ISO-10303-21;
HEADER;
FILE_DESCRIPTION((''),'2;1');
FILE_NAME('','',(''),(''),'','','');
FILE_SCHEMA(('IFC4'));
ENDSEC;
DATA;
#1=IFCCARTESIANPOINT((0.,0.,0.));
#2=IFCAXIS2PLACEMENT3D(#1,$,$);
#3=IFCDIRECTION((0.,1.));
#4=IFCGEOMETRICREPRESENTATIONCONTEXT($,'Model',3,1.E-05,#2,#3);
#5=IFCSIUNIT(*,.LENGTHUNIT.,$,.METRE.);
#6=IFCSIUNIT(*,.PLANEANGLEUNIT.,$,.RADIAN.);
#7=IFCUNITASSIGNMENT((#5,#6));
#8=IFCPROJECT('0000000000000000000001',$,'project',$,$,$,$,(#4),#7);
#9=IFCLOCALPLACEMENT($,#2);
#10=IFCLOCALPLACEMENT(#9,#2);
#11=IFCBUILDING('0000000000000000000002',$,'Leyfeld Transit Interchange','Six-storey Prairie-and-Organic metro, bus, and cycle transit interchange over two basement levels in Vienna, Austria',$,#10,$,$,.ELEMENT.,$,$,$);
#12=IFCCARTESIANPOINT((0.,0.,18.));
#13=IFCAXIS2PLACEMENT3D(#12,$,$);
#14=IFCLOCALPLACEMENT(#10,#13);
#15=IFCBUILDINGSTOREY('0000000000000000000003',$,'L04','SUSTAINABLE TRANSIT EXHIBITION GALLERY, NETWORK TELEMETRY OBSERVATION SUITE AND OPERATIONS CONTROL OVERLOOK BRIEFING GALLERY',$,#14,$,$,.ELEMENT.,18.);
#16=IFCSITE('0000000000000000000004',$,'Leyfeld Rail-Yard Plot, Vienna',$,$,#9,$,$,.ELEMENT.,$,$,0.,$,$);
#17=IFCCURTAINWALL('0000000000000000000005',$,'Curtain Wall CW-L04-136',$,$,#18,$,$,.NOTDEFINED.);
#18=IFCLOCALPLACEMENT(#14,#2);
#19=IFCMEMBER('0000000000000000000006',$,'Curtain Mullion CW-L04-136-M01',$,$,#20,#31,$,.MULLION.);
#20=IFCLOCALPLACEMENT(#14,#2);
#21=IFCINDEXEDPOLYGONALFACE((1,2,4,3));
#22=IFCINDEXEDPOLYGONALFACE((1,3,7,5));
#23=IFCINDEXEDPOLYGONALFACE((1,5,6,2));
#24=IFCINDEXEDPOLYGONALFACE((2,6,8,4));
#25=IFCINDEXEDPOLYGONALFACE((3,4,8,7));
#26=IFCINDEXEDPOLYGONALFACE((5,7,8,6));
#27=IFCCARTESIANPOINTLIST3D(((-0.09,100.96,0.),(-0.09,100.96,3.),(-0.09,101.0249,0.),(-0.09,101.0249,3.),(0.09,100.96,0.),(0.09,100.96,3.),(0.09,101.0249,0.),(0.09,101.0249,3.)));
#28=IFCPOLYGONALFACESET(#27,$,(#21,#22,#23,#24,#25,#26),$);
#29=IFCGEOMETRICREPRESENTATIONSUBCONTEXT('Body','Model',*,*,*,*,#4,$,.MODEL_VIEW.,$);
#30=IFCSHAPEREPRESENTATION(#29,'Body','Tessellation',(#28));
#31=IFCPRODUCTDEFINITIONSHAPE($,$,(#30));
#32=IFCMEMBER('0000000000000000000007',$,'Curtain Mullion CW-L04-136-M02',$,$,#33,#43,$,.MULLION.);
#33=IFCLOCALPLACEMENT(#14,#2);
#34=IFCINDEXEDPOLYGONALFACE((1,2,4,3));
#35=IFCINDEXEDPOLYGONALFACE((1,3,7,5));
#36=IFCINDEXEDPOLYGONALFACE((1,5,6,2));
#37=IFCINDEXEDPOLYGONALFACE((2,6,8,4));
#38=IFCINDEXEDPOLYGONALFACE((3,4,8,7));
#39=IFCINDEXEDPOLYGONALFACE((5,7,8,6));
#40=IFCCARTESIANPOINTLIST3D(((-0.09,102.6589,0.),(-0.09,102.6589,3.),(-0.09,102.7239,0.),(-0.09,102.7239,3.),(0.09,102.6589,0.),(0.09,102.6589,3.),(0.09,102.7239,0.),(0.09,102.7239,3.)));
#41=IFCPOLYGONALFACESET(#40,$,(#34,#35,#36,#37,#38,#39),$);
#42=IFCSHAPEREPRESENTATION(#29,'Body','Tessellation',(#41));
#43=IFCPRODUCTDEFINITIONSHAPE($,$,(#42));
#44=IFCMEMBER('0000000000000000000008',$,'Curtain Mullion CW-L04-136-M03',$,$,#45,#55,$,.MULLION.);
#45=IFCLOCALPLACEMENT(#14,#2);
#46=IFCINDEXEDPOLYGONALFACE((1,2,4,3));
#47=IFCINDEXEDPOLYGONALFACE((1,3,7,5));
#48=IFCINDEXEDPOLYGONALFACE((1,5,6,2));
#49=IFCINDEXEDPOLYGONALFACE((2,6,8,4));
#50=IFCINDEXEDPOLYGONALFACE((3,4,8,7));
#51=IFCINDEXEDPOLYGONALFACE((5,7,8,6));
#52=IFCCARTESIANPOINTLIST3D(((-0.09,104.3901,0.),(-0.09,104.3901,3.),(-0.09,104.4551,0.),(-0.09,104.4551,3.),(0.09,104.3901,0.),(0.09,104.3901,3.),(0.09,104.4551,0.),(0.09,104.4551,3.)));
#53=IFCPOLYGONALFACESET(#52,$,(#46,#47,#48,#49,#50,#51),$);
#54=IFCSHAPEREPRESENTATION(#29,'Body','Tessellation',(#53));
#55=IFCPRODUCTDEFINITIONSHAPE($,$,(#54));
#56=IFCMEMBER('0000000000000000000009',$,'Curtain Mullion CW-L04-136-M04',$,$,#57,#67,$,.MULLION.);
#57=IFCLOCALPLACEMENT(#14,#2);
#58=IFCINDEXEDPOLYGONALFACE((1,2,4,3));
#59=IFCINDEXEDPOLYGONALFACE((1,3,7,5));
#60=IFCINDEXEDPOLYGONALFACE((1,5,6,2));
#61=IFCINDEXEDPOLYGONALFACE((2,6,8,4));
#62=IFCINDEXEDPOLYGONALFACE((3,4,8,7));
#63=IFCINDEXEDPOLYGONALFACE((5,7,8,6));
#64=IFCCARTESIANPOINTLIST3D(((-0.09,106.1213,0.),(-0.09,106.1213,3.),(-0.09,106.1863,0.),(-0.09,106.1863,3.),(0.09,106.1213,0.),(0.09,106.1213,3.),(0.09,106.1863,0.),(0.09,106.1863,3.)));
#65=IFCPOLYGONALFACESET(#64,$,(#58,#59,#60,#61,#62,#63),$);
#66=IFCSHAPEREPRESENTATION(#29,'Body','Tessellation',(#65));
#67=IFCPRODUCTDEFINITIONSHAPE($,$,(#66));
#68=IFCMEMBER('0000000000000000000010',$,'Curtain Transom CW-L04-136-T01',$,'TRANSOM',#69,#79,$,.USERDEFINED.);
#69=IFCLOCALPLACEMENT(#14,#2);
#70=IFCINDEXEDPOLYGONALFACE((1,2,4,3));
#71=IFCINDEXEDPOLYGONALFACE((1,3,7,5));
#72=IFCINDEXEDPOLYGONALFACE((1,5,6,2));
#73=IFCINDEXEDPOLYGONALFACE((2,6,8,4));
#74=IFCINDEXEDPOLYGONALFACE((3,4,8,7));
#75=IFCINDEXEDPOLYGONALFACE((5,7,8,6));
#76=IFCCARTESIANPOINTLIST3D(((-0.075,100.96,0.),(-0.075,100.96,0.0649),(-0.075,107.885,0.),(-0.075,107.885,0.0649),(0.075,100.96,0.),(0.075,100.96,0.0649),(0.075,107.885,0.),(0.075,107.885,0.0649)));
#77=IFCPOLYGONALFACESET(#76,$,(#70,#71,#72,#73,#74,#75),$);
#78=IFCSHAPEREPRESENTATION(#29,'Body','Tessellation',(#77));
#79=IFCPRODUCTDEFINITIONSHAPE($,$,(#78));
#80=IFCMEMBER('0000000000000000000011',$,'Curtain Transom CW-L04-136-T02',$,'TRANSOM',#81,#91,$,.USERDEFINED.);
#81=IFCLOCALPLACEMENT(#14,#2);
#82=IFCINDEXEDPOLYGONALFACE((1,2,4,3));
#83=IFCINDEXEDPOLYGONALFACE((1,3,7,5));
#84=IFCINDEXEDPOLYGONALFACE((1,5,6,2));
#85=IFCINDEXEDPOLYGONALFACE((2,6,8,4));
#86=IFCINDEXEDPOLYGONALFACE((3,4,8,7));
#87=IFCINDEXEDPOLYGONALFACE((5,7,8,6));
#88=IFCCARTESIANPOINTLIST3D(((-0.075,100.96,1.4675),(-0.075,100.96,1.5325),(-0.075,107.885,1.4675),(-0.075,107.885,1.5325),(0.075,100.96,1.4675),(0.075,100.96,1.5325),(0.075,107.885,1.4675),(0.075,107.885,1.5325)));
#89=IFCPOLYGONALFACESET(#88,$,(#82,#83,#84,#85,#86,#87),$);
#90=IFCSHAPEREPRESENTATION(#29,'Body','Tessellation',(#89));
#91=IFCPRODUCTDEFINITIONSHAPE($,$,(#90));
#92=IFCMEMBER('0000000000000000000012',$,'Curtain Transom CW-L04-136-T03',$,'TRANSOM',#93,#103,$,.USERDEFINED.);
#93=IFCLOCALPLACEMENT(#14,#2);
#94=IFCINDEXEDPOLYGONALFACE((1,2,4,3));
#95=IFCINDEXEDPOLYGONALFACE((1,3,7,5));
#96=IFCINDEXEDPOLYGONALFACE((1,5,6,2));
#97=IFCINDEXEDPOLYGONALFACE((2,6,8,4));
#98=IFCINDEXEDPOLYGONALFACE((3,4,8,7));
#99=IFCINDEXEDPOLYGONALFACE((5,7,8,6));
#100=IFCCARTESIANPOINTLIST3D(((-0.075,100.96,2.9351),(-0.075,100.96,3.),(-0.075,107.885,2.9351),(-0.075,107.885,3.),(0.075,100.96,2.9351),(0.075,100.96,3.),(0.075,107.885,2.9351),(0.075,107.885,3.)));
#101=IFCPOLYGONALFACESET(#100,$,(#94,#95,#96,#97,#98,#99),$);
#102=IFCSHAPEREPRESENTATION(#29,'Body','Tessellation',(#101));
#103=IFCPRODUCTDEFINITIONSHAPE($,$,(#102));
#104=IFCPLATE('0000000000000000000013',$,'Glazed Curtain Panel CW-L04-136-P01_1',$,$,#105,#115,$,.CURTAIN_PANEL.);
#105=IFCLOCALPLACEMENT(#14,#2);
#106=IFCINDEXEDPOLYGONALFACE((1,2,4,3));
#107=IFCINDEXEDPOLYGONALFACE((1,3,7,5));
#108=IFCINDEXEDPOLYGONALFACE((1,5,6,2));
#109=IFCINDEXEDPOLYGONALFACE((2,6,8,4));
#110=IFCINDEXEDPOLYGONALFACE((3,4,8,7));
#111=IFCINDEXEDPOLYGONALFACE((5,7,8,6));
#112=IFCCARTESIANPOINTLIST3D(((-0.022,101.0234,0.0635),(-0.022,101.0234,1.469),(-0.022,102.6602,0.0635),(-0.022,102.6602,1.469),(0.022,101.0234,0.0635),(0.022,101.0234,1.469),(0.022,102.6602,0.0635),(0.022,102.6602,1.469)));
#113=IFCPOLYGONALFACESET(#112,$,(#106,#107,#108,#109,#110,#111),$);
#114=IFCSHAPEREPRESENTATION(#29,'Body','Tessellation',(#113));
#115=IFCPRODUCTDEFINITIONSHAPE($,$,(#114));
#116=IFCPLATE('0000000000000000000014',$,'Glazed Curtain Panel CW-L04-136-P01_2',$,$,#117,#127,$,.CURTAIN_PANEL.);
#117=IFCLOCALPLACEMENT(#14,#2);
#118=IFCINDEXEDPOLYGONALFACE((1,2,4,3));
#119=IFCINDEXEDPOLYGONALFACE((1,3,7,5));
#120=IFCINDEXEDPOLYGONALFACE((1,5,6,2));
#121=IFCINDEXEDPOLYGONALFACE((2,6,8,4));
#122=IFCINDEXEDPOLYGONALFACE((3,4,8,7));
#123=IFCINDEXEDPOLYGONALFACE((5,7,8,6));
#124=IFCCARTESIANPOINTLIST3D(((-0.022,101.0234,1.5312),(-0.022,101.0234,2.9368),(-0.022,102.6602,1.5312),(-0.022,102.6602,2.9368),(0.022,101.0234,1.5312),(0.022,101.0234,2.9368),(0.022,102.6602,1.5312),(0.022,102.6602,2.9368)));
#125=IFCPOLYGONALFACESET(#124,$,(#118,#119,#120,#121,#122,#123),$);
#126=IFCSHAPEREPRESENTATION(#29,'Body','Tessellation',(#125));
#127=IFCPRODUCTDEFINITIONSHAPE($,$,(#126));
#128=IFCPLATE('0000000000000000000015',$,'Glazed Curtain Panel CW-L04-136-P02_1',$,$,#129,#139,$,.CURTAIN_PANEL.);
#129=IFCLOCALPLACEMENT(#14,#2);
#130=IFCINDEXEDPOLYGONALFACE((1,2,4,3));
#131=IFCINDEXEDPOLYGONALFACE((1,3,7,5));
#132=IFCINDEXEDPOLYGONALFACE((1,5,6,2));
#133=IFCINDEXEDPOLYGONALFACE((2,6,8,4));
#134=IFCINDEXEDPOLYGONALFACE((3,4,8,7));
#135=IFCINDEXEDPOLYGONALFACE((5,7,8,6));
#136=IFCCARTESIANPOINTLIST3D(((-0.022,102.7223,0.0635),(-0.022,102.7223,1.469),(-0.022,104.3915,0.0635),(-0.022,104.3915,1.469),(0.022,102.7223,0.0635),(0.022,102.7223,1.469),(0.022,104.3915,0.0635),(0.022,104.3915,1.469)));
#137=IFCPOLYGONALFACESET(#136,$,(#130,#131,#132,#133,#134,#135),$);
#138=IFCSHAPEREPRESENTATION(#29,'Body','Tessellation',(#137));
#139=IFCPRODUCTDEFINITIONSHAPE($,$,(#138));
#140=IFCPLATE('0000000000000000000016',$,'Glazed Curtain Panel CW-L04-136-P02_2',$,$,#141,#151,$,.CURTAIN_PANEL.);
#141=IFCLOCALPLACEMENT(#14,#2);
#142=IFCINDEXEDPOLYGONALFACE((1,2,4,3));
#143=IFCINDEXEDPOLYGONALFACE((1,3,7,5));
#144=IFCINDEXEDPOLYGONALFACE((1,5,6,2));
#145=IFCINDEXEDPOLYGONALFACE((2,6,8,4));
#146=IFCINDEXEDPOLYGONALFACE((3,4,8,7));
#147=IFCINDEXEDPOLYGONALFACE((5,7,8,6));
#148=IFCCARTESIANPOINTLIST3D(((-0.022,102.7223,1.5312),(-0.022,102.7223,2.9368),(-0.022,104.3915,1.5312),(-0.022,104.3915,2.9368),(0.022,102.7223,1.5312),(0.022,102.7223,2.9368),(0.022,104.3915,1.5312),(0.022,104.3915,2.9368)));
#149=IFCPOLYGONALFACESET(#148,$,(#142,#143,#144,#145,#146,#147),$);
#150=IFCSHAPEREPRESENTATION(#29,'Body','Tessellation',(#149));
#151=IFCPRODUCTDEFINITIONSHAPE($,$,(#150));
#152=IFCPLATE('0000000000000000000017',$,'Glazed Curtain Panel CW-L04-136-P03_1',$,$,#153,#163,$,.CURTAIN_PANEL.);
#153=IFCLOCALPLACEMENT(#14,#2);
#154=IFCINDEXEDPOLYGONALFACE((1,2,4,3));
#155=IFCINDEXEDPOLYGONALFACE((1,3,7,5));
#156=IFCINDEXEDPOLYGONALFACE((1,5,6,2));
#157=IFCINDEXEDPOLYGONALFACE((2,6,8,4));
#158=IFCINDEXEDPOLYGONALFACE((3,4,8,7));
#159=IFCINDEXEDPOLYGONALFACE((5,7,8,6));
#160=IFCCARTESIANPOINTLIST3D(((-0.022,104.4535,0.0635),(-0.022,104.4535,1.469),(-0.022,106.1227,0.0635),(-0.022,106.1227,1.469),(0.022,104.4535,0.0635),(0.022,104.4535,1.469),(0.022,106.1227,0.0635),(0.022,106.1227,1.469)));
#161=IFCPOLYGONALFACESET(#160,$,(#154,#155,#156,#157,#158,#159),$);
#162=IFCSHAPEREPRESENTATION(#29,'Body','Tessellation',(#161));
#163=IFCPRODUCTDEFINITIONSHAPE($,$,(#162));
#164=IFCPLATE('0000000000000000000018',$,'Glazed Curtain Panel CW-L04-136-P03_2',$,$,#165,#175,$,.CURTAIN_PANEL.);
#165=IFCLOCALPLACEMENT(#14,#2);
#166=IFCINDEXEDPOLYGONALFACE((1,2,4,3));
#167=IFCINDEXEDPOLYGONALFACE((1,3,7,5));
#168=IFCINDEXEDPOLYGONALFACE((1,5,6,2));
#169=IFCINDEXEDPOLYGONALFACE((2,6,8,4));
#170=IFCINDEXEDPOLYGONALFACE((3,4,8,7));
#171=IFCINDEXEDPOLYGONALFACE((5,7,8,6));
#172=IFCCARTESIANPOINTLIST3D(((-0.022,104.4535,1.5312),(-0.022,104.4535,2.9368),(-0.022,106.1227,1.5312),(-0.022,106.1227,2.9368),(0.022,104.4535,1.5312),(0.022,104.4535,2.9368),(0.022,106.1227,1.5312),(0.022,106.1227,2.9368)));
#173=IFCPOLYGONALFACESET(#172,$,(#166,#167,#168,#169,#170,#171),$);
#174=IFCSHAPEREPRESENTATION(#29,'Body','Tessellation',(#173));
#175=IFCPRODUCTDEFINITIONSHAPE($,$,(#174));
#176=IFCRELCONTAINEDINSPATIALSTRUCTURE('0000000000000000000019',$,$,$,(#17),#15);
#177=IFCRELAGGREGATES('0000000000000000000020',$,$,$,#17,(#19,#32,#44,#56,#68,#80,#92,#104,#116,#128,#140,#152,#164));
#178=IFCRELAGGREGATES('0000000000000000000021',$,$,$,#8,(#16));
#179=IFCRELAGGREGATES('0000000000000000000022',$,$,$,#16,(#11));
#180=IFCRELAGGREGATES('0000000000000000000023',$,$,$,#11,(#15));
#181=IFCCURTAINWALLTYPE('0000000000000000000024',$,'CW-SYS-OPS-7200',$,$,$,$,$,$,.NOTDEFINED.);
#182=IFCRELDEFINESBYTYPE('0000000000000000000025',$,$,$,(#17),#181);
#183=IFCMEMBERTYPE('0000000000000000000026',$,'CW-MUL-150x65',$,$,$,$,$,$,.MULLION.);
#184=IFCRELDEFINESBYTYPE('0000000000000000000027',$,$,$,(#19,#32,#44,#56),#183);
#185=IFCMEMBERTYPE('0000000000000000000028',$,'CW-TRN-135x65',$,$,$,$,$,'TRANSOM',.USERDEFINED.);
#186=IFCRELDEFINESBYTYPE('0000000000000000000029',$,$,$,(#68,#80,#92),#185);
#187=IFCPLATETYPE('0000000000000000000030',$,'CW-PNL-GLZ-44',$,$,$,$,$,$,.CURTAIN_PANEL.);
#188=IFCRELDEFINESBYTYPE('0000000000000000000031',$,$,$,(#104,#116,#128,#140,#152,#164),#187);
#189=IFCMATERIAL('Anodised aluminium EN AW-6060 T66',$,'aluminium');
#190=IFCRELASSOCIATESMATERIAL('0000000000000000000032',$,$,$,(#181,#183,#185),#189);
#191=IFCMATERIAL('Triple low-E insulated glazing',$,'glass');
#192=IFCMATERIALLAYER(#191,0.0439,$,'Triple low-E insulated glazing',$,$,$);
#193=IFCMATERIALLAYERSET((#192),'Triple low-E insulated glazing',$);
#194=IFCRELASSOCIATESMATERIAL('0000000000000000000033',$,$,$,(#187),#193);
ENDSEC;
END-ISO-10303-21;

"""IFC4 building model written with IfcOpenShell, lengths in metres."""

from ifc_helpers import new_model, si_unit, direction, frame, origin, origin_2d, place, context, subcontext, project, spatial, rectangle, extrude, material, layer, layer_set, material_profile, profile_set, type_object, element, aggregate, save


model = new_model("IFC4")

# Units and contexts
model_context = context("Model", 3, precision=1e-05, world=origin(), true_north=direction((0.0, 1.0)))
body_context = subcontext(model_context, "Body", "Model", "MODEL_VIEW")
ifc_project = project(units=[si_unit("LENGTHUNIT", "METRE"), si_unit("PLANEANGLEUNIT", "RADIAN")], contexts=[model_context])

# Site, building, storey
site_placement = place(None, origin())
site = spatial("IfcSite", under=ifc_project, at=site_placement, Name="Leyfeld Rail-Yard Plot, Vienna", CompositionType="ELEMENT", RefElevation=0.0)
building_placement = place(site_placement, origin())
building = spatial("IfcBuilding", under=site, at=building_placement, Name="Leyfeld Transit Interchange", Description="Six-storey Prairie-and-Organic metro, bus, and cycle transit interchange over two basement levels in Vienna, Austria", CompositionType="ELEMENT")
storey_placement = place(building_placement, frame((0.0, 0.0, 18.0)))
storey = spatial("IfcBuildingStorey", under=building, at=storey_placement, Name="L04", Description="SUSTAINABLE TRANSIT EXHIBITION GALLERY, NETWORK TELEMETRY OBSERVATION SUITE AND OPERATIONS CONTROL OVERLOOK BRIEFING GALLERY", CompositionType="ELEMENT", Elevation=18.0)

# Curtain wall, members, plates
ifc_material_1 = material(Name="Anodised aluminium EN AW-6060 T66", Category="aluminium")
curtain_wall_type = type_object("IfcCurtainWallType", Name="CW-SYS-OPS-7200", PredefinedType="NOTDEFINED", material=ifc_material_1)
curtain_wall_placement = place(storey_placement, origin())
curtain_wall = element("IfcCurtainWall", 1, at=curtain_wall_placement, inside=storey, type_object=curtain_wall_type, Name="Curtain Wall CW-L04-136", PredefinedType="NOTDEFINED")
ifc_material_profile_1 = material_profile(ifc_material_1, rectangle(XDim=0.0649, YDim=0.1799, at=origin_2d()), Name="CW-M 65x180")
ifc_profile_set_1 = profile_set([ifc_material_profile_1], Name="Anodised aluminium EN AW-6060 T66")
member_type_1 = type_object("IfcMemberType", Name="CW-MUL-150x65", PredefinedType="MULLION", material=ifc_profile_set_1)
member_1_placement = place(storey_placement, frame((0.0, 100.9924, 0.0), z_axis=(0.0, 0.0, 1.0), x_axis=(0.0, 1.0, 0.0)))
member_1 = element("IfcMember", 2, at=member_1_placement, type_object=member_type_1, Name="Curtain Mullion CW-L04-136-M01", PredefinedType="MULLION", context=body_context, shape_type="SweptSolid", body=[
    extrude(rectangle(XDim=0.0649, YDim=0.1799, at=origin_2d()), origin(), (0.0, 0.0, 1.0), 3.0),
])
member_2_placement = place(storey_placement, frame((0.0, 102.6914, 0.0), z_axis=(0.0, 0.0, 1.0), x_axis=(0.0, 1.0, 0.0)))
member_2 = element("IfcMember", 3, at=member_2_placement, type_object=member_type_1, Name="Curtain Mullion CW-L04-136-M02", PredefinedType="MULLION", context=body_context, shape_type="SweptSolid", body=[
    extrude(rectangle(XDim=0.0649, YDim=0.1799, at=origin_2d()), origin(), (0.0, 0.0, 1.0), 3.0),
])
member_3_placement = place(storey_placement, frame((0.0, 104.4226, 0.0), z_axis=(0.0, 0.0, 1.0), x_axis=(0.0, 1.0, 0.0)))
member_3 = element("IfcMember", 4, at=member_3_placement, type_object=member_type_1, Name="Curtain Mullion CW-L04-136-M03", PredefinedType="MULLION", context=body_context, shape_type="SweptSolid", body=[
    extrude(rectangle(XDim=0.0649, YDim=0.1799, at=origin_2d()), origin(), (0.0, 0.0, 1.0), 3.0),
])
member_4_placement = place(storey_placement, frame((0.0, 106.1538, 0.0), z_axis=(0.0, 0.0, 1.0), x_axis=(0.0, 1.0, 0.0)))
member_4 = element("IfcMember", 5, at=member_4_placement, type_object=member_type_1, Name="Curtain Mullion CW-L04-136-M04", PredefinedType="MULLION", context=body_context, shape_type="SweptSolid", body=[
    extrude(rectangle(XDim=0.0649, YDim=0.1799, at=origin_2d()), origin(), (0.0, 0.0, 1.0), 3.0),
])
ifc_material_profile_2 = material_profile(ifc_material_1, rectangle(XDim=0.1499, YDim=0.0649, at=origin_2d()), Name="CW-TRN-135x65")
ifc_profile_set_2 = profile_set([ifc_material_profile_2], Name="Anodised aluminium EN AW-6060 T66")
member_type_2 = type_object("IfcMemberType", Name="CW-TRN-135x65", ElementType="TRANSOM", PredefinedType="USERDEFINED", material=ifc_profile_set_2)
member_5_placement = place(storey_placement, frame((0.0, 100.96, 0.0325), z_axis=(0.0, 1.0, 0.0), x_axis=(-1.0, 0.0, 0.0)))
member_5 = element("IfcMember", 6, at=member_5_placement, type_object=member_type_2, Name="Curtain Transom CW-L04-136-T01", ObjectType="TRANSOM", PredefinedType="USERDEFINED", context=body_context, shape_type="SweptSolid", body=[
    extrude(rectangle(XDim=0.1499, YDim=0.0649, at=origin_2d()), origin(), (0.0, 0.0, 1.0), 6.925),
])
member_6_placement = place(storey_placement, frame((0.0, 100.96, 1.5), z_axis=(0.0, 1.0, 0.0), x_axis=(-1.0, 0.0, 0.0)))
member_6 = element("IfcMember", 7, at=member_6_placement, type_object=member_type_2, Name="Curtain Transom CW-L04-136-T02", ObjectType="TRANSOM", PredefinedType="USERDEFINED", context=body_context, shape_type="SweptSolid", body=[
    extrude(rectangle(XDim=0.1499, YDim=0.0649, at=origin_2d()), origin(), (0.0, 0.0, 1.0), 6.925),
])
member_7_placement = place(storey_placement, frame((0.0, 100.96, 2.9675), z_axis=(0.0, 1.0, 0.0), x_axis=(-1.0, 0.0, 0.0)))
member_7 = element("IfcMember", 8, at=member_7_placement, type_object=member_type_2, Name="Curtain Transom CW-L04-136-T03", ObjectType="TRANSOM", PredefinedType="USERDEFINED", context=body_context, shape_type="SweptSolid", body=[
    extrude(rectangle(XDim=0.1499, YDim=0.0649, at=origin_2d()), origin(), (0.0, 0.0, 1.0), 6.925),
])
ifc_material_2 = material(Name="Triple low-E insulated glazing", Category="glass")
ifc_layer_1 = layer(ifc_material_2, 0.0439, Name="Triple low-E insulated glazing")
ifc_layer_set_1 = layer_set([ifc_layer_1], Name="Triple low-E insulated glazing")
plate_type = type_object("IfcPlateType", Name="CW-PNL-GLZ-44", PredefinedType="CURTAIN_PANEL", material=ifc_layer_set_1)
plate_1_placement = place(storey_placement, frame((0.0, 101.8418, 0.0635), z_axis=(0.0, 0.0, 1.0), x_axis=(0.0, 1.0, 0.0)))
plate_1 = element("IfcPlate", 9, at=plate_1_placement, type_object=plate_type, Name="Glazed Curtain Panel CW-L04-136-P01_1", PredefinedType="CURTAIN_PANEL", context=body_context, shape_type="SweptSolid", body=[
    extrude(rectangle(XDim=1.6367, YDim=0.0439, at=origin_2d()), origin(), (0.0, 0.0, 1.0), 1.4055),
])
plate_2_placement = place(storey_placement, frame((0.0, 101.8418, 1.5312), z_axis=(0.0, 0.0, 1.0), x_axis=(0.0, 1.0, 0.0)))
plate_2 = element("IfcPlate", 10, at=plate_2_placement, type_object=plate_type, Name="Glazed Curtain Panel CW-L04-136-P01_2", PredefinedType="CURTAIN_PANEL", context=body_context, shape_type="SweptSolid", body=[
    extrude(rectangle(XDim=1.6367, YDim=0.0439, at=origin_2d()), origin(), (0.0, 0.0, 1.0), 1.4055),
])
plate_3_placement = place(storey_placement, frame((0.0, 103.5569, 0.0635), z_axis=(0.0, 0.0, 1.0), x_axis=(0.0, 1.0, 0.0)))
plate_3 = element("IfcPlate", 11, at=plate_3_placement, type_object=plate_type, Name="Glazed Curtain Panel CW-L04-136-P02_1", PredefinedType="CURTAIN_PANEL", context=body_context, shape_type="SweptSolid", body=[
    extrude(rectangle(XDim=1.6692, YDim=0.0439, at=origin_2d()), origin(), (0.0, 0.0, 1.0), 1.4055),
])
plate_4_placement = place(storey_placement, frame((0.0, 103.5569, 1.5312), z_axis=(0.0, 0.0, 1.0), x_axis=(0.0, 1.0, 0.0)))
plate_4 = element("IfcPlate", 12, at=plate_4_placement, type_object=plate_type, Name="Glazed Curtain Panel CW-L04-136-P02_2", PredefinedType="CURTAIN_PANEL", context=body_context, shape_type="SweptSolid", body=[
    extrude(rectangle(XDim=1.6692, YDim=0.0439, at=origin_2d()), origin(), (0.0, 0.0, 1.0), 1.4055),
])
plate_5_placement = place(storey_placement, frame((0.0, 105.2881, 0.0635), z_axis=(0.0, 0.0, 1.0), x_axis=(0.0, 1.0, 0.0)))
plate_5 = element("IfcPlate", 13, at=plate_5_placement, type_object=plate_type, Name="Glazed Curtain Panel CW-L04-136-P03_1", PredefinedType="CURTAIN_PANEL", context=body_context, shape_type="SweptSolid", body=[
    extrude(rectangle(XDim=1.6692, YDim=0.0439, at=origin_2d()), origin(), (0.0, 0.0, 1.0), 1.4055),
])
plate_6_placement = place(storey_placement, frame((0.0, 105.2881, 1.5312), z_axis=(0.0, 0.0, 1.0), x_axis=(0.0, 1.0, 0.0)))
plate_6 = element("IfcPlate", 14, at=plate_6_placement, type_object=plate_type, Name="Glazed Curtain Panel CW-L04-136-P03_2", PredefinedType="CURTAIN_PANEL", context=body_context, shape_type="SweptSolid", body=[
    extrude(rectangle(XDim=1.6692, YDim=0.0439, at=origin_2d()), origin(), (0.0, 0.0, 1.0), 1.4055),
])
aggregate(curtain_wall, [member_1, member_2, member_3, member_4, member_5, member_6, member_7, plate_1, plate_2, plate_3, plate_4, plate_5, plate_6])

save(model, "model.ifc")
